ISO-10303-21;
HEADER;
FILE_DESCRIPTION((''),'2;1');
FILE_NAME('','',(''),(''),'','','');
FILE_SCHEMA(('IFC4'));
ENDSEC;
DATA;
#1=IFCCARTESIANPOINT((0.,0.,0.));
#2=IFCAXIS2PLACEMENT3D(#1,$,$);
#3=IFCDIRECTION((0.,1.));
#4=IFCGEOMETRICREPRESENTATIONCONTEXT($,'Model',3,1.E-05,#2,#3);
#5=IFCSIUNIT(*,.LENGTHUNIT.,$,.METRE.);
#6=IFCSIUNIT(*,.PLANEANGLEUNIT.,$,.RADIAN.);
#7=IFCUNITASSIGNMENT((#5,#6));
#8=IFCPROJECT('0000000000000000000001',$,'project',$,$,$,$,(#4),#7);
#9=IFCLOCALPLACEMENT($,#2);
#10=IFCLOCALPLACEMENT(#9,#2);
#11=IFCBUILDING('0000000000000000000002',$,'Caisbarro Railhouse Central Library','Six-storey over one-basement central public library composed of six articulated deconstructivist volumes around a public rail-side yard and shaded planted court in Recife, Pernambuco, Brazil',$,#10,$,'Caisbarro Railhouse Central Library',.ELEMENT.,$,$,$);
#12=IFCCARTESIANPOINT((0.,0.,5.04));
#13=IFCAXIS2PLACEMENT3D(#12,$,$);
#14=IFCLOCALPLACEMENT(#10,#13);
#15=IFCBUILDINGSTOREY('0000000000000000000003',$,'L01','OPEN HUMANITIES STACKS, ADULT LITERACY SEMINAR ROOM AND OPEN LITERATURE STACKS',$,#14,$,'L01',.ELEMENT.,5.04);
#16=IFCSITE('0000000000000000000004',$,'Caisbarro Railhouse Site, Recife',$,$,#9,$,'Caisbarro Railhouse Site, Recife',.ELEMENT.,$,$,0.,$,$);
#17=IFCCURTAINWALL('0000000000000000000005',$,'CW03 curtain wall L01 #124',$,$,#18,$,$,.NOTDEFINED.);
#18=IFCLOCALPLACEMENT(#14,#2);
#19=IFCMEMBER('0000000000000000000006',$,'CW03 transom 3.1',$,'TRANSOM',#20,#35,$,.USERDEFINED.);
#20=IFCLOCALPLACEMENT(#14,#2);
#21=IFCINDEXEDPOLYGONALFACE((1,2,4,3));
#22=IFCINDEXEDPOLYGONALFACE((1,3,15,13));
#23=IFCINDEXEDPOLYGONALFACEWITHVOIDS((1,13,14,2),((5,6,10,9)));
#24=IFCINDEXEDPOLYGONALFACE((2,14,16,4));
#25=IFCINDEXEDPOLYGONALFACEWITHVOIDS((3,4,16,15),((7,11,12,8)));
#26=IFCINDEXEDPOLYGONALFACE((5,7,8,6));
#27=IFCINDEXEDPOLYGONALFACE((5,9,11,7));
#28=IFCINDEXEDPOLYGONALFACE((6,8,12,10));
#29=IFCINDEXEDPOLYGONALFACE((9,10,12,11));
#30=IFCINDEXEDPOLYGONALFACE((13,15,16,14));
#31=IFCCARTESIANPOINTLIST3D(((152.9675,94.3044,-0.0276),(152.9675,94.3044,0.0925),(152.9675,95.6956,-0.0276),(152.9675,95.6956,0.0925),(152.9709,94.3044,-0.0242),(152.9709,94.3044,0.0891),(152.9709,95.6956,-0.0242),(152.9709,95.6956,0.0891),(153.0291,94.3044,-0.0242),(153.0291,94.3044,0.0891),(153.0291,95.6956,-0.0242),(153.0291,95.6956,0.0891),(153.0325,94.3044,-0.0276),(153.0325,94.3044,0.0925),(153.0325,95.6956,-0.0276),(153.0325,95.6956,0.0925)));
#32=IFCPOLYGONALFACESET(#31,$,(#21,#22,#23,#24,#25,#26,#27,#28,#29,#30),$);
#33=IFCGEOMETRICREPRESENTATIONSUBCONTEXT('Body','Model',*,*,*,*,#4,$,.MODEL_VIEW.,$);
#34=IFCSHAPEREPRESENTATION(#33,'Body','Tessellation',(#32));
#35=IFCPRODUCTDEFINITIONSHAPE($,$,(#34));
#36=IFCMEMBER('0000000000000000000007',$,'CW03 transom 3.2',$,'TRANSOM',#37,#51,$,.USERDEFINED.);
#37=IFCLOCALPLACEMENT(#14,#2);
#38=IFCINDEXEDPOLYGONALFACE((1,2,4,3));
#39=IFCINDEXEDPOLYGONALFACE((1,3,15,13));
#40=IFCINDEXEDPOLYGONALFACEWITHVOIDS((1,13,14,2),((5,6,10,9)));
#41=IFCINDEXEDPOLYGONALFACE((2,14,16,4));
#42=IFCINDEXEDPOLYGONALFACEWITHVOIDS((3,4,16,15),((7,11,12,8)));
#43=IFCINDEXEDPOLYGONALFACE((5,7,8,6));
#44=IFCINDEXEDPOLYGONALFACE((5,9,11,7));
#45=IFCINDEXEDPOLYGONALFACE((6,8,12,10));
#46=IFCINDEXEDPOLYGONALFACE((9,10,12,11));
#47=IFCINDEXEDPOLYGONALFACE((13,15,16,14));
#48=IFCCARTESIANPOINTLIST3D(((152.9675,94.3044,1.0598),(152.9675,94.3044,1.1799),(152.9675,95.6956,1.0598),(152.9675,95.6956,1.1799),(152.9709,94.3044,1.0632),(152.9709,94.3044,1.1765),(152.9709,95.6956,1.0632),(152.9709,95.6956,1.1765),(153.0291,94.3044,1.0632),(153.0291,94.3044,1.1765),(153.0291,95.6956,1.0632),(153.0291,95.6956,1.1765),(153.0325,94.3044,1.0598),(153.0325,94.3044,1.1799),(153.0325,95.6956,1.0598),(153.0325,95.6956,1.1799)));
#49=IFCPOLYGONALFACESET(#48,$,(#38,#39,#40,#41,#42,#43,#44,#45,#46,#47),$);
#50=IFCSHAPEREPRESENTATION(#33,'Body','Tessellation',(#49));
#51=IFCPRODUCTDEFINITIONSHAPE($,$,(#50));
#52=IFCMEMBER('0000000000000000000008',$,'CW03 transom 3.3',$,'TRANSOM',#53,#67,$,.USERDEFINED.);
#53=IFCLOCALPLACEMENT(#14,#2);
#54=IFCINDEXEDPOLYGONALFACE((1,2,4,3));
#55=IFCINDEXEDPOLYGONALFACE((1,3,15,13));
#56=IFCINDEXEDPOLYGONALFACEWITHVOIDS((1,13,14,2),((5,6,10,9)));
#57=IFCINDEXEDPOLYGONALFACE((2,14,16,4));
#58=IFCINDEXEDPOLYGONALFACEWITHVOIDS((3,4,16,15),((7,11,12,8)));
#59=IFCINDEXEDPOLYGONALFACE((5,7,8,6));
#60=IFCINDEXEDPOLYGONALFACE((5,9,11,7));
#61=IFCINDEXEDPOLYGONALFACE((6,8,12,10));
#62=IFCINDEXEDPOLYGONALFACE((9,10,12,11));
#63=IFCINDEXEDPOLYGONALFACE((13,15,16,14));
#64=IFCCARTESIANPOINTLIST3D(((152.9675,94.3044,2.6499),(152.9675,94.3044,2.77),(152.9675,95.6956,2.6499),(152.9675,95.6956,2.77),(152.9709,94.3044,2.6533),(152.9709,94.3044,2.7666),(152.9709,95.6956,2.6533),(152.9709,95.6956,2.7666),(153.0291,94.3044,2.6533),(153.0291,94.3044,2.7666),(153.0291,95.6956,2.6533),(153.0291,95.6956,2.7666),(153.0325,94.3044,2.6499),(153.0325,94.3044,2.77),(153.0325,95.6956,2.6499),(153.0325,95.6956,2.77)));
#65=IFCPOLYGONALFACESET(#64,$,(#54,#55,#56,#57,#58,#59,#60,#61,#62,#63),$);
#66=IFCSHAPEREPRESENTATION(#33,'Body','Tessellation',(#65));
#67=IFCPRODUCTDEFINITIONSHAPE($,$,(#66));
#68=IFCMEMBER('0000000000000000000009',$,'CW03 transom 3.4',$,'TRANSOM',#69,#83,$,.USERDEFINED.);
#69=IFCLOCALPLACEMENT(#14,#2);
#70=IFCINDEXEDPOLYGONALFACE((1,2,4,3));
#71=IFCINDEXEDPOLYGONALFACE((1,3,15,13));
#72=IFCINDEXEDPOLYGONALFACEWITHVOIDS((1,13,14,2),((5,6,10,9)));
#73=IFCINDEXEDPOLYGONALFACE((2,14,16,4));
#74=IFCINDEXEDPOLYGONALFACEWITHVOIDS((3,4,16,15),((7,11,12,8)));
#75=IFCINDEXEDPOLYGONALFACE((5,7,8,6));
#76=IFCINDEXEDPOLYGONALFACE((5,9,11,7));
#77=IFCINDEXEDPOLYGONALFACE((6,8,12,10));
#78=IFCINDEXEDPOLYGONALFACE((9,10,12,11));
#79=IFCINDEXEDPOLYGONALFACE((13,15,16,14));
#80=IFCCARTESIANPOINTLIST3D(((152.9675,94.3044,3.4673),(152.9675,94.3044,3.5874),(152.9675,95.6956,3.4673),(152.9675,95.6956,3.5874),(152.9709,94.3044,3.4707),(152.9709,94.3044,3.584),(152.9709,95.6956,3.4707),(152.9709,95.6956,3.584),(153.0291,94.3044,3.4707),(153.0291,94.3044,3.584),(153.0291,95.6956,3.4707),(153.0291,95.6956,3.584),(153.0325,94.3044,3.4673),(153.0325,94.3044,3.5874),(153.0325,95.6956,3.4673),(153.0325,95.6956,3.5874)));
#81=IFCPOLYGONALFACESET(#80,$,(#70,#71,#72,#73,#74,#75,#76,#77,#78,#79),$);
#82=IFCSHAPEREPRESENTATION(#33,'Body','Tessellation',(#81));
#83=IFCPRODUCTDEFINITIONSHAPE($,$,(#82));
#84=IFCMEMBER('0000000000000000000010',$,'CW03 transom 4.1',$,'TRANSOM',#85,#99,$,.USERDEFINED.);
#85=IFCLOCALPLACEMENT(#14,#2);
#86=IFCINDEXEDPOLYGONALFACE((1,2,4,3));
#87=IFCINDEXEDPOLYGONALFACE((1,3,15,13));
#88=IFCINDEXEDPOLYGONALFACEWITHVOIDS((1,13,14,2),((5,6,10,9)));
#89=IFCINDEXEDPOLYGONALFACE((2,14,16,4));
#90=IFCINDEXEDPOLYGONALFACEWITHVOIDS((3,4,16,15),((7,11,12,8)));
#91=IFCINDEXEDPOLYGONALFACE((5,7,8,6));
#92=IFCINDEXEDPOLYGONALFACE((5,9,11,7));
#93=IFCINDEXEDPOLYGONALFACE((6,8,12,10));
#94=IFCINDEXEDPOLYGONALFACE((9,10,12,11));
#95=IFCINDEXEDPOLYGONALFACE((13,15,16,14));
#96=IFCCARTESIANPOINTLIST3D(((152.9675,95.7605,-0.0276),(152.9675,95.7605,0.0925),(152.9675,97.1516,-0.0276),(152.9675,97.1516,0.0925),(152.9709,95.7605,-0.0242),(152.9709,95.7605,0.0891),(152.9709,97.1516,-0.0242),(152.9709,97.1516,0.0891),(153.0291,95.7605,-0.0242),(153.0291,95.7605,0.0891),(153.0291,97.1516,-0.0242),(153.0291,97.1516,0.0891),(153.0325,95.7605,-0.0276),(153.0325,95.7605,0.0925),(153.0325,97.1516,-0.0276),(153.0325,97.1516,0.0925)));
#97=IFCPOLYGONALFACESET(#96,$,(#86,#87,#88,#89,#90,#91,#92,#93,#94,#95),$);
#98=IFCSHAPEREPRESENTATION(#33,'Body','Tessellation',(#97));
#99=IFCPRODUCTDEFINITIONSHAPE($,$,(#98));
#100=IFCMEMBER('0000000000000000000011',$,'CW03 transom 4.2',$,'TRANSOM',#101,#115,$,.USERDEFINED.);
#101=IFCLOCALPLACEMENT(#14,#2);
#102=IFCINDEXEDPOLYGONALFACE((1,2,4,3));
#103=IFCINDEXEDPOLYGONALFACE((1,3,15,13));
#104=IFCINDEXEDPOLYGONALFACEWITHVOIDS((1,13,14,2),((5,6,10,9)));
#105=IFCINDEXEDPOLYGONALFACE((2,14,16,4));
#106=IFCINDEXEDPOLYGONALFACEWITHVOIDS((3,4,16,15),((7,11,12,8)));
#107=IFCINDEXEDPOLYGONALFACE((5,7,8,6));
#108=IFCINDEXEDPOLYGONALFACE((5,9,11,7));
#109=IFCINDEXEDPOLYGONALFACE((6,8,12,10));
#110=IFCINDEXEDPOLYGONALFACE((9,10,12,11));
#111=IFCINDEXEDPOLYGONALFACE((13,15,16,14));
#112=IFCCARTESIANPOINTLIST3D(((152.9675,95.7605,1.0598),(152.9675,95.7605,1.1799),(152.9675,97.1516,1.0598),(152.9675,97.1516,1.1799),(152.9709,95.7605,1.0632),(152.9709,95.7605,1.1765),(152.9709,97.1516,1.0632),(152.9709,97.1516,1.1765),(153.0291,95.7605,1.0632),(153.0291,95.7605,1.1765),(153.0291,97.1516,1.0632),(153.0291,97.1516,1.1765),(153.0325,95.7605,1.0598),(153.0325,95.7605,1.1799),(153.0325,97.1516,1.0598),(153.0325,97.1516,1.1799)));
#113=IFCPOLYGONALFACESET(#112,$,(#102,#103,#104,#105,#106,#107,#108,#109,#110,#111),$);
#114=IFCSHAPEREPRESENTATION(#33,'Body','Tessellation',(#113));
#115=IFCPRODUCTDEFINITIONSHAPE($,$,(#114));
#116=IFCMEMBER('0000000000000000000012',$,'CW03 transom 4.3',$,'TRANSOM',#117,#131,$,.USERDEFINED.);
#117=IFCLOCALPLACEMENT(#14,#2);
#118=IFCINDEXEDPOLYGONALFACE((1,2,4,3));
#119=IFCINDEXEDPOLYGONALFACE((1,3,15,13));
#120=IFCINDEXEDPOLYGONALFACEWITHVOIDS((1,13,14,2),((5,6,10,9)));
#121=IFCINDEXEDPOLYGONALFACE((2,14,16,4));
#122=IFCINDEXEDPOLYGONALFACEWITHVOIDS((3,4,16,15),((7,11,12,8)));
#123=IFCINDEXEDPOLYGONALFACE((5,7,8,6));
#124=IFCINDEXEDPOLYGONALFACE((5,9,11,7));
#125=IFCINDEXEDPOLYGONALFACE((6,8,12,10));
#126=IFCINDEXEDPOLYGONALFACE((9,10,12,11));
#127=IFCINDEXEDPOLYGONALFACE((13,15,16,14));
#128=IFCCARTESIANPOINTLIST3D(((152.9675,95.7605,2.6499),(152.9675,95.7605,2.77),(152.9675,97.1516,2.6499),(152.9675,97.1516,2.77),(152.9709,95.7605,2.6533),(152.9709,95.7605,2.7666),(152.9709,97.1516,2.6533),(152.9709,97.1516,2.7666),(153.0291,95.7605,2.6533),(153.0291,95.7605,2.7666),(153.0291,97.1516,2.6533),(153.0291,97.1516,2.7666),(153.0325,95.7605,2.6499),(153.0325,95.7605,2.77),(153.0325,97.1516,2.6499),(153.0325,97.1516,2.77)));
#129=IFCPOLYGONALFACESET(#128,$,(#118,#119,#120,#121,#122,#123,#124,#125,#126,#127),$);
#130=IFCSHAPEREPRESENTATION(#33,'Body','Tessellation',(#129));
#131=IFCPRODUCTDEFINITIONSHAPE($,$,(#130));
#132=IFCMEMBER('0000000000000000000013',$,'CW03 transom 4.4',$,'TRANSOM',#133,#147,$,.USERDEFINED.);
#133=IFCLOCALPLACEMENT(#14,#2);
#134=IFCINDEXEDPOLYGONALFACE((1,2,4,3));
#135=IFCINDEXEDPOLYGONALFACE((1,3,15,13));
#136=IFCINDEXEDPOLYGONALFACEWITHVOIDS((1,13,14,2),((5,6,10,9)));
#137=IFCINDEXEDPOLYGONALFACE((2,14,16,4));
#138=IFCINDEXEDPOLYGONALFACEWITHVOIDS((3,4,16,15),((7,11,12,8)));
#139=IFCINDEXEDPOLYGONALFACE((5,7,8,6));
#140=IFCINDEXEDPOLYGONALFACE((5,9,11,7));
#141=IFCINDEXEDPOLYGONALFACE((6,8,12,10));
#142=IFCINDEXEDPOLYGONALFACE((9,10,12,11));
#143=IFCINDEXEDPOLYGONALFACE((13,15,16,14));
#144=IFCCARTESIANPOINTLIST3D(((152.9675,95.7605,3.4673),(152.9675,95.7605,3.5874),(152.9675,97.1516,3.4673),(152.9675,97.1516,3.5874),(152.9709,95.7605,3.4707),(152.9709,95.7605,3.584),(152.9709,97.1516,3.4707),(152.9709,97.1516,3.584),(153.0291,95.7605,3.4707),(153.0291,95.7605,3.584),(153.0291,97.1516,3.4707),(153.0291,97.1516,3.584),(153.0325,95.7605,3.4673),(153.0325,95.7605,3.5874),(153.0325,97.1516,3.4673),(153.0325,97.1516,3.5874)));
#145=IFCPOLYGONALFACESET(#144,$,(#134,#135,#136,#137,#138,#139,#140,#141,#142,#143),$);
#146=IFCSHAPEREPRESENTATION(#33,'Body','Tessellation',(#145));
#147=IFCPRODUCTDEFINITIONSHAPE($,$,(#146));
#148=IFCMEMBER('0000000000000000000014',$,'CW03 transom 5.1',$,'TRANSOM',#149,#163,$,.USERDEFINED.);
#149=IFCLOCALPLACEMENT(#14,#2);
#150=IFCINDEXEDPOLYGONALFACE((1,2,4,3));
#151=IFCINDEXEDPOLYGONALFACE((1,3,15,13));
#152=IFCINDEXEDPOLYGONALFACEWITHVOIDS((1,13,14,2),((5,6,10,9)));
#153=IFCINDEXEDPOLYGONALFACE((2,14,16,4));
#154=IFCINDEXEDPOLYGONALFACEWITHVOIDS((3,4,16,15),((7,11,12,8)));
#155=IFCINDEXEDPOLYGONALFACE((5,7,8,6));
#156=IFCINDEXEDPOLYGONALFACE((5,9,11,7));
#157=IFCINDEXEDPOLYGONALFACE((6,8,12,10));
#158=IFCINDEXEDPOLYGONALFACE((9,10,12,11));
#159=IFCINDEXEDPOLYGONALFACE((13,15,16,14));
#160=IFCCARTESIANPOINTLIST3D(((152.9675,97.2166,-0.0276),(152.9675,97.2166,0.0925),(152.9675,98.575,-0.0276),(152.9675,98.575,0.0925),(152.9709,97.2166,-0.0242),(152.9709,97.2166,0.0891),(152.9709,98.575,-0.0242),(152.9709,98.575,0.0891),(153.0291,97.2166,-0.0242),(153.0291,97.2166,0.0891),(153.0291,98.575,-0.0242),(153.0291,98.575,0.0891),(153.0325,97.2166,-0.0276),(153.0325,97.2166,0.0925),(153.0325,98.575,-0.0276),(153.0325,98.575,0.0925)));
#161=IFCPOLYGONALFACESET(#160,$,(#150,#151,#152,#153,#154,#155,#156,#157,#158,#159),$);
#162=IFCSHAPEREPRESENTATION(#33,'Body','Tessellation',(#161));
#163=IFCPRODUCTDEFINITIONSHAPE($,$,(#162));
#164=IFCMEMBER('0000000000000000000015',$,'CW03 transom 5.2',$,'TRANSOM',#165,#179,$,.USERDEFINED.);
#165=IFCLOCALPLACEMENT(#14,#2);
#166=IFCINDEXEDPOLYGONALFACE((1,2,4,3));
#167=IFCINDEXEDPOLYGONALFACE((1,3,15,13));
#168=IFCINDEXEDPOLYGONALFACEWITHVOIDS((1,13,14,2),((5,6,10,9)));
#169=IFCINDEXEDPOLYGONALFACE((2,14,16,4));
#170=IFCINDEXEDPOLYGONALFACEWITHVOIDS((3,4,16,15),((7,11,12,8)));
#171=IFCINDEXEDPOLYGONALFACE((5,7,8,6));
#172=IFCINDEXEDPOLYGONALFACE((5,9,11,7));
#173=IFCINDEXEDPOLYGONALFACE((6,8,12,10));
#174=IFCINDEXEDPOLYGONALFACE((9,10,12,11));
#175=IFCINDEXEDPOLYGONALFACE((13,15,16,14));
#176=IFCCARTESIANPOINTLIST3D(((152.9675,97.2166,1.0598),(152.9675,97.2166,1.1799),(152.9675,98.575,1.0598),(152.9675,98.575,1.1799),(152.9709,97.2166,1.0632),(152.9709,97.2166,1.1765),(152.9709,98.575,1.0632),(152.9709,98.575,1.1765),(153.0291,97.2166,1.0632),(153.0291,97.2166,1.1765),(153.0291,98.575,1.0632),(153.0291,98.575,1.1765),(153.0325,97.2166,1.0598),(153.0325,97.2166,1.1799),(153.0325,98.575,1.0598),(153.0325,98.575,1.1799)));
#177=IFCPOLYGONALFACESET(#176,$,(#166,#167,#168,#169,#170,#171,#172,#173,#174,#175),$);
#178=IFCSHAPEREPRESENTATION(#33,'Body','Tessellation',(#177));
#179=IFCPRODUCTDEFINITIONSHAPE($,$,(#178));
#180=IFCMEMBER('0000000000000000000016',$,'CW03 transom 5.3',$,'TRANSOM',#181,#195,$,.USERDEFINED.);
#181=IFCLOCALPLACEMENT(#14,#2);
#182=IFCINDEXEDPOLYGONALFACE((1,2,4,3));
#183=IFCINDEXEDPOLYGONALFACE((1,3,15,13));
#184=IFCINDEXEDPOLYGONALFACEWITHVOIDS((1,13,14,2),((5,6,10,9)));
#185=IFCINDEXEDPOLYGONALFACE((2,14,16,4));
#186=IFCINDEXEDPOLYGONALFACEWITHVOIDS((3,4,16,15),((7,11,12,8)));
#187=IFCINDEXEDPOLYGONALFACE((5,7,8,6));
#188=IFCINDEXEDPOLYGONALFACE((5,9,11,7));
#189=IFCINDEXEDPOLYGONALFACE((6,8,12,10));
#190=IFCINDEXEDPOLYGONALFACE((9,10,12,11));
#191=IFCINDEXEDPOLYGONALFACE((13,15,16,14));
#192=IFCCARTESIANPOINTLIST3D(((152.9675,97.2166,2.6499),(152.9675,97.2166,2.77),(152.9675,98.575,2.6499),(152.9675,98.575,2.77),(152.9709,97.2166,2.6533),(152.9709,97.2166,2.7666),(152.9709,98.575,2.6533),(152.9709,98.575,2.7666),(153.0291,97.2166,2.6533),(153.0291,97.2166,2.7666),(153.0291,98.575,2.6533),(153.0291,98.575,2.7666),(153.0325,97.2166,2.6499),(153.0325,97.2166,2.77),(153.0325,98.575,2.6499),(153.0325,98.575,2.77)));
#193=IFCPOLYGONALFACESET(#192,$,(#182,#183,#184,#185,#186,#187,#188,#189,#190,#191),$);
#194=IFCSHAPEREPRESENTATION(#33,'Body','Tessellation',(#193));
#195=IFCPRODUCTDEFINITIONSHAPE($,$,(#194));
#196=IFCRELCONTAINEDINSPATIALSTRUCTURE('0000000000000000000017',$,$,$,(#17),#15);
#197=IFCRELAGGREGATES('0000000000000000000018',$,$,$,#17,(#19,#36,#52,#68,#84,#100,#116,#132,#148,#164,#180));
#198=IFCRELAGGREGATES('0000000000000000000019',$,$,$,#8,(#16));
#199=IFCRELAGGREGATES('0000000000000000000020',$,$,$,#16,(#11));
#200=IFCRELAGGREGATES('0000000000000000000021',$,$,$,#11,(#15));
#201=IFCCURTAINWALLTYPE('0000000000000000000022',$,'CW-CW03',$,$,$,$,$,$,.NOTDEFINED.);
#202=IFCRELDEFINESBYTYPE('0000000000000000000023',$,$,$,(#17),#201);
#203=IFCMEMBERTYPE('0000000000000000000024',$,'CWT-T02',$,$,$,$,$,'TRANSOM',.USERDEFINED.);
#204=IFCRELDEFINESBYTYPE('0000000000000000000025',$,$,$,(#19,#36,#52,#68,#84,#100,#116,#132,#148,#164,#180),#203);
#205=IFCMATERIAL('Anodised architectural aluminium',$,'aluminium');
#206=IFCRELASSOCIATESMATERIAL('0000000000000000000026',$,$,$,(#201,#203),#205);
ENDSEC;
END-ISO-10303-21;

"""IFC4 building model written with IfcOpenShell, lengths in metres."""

from ifc_helpers import new_model, si_unit, direction, frame, origin, origin_2d, place, context, subcontext, project, spatial, hollow_rectangle, extrude, material, material_profile, profile_set, type_object, element, aggregate, save


model = new_model("IFC4")

# Units and contexts
model_context = context("Model", 3, precision=1e-05, world=origin(), true_north=direction((0.0, 1.0)))
body_context = subcontext(model_context, "Body", "Model", "MODEL_VIEW")
ifc_project = project(units=[si_unit("LENGTHUNIT", "METRE"), si_unit("PLANEANGLEUNIT", "RADIAN")], contexts=[model_context])

# Site, building, storey
site_placement = place(None, origin())
site = spatial("IfcSite", under=ifc_project, at=site_placement, Name="Caisbarro Railhouse Site, Recife", LongName="Caisbarro Railhouse Site, Recife", CompositionType="ELEMENT", RefElevation=0.0)
building_placement = place(site_placement, origin())
building = spatial("IfcBuilding", under=site, at=building_placement, Name="Caisbarro Railhouse Central Library", Description="Six-storey over one-basement central public library composed of six articulated deconstructivist volumes around a public rail-side yard and shaded planted court in Recife, Pernambuco, Brazil", LongName="Caisbarro Railhouse Central Library", CompositionType="ELEMENT")
storey_placement = place(building_placement, frame((0.0, 0.0, 5.04)))
storey = spatial("IfcBuildingStorey", under=building, at=storey_placement, Name="L01", Description="OPEN HUMANITIES STACKS, ADULT LITERACY SEMINAR ROOM AND OPEN LITERATURE STACKS", LongName="L01", CompositionType="ELEMENT", Elevation=5.04)

# Curtain wall, members
ifc_material_1 = material(Name="Anodised architectural aluminium", Category="aluminium")
curtain_wall_type = type_object("IfcCurtainWallType", Name="CW-CW03", PredefinedType="NOTDEFINED", material=ifc_material_1)
curtain_wall_placement = place(storey_placement, origin())
curtain_wall = element("IfcCurtainWall", 1, at=curtain_wall_placement, inside=storey, type_object=curtain_wall_type, Name="CW03 curtain wall L01 #124", PredefinedType="NOTDEFINED")
ifc_material_profile_1 = material_profile(ifc_material_1, hollow_rectangle(XDim=0.0649, YDim=0.1201, WallThickness=0.0034, at=origin_2d()), Name="ALU-TRN-65X120")
ifc_profile_set_1 = profile_set([ifc_material_profile_1], Name="Anodised architectural aluminium")
member_type_1 = type_object("IfcMemberType", Name="CWT-T02", ElementType="TRANSOM", PredefinedType="USERDEFINED", material=ifc_profile_set_1)
member_1_placement = place(storey_placement, frame((153.0, 94.3044, 0.0325), z_axis=(0.0, 1.0, 0.0), x_axis=(-1.0, 0.0, 0.0)))
member_1 = element("IfcMember", 2, at=member_1_placement, type_object=member_type_1, Name="CW03 transom 3.1", ObjectType="TRANSOM", PredefinedType="USERDEFINED", context=body_context, shape_type="SweptSolid", body=[
    extrude(hollow_rectangle(XDim=0.0649, YDim=0.1201, WallThickness=0.0034, at=origin_2d()), origin(), (0.0, 0.0, 1.0), 1.3911),
])
member_2_placement = place(storey_placement, frame((153.0, 94.3044, 1.1199), z_axis=(0.0, 1.0, 0.0), x_axis=(-1.0, 0.0, 0.0)))
member_2 = element("IfcMember", 3, at=member_2_placement, type_object=member_type_1, Name="CW03 transom 3.2", ObjectType="TRANSOM", PredefinedType="USERDEFINED", context=body_context, shape_type="SweptSolid", body=[
    extrude(hollow_rectangle(XDim=0.0649, YDim=0.1201, WallThickness=0.0034, at=origin_2d()), origin(), (0.0, 0.0, 1.0), 1.3911),
])
member_3_placement = place(storey_placement, frame((153.0, 94.3044, 2.71), z_axis=(0.0, 1.0, 0.0), x_axis=(-1.0, 0.0, 0.0)))
member_3 = element("IfcMember", 4, at=member_3_placement, type_object=member_type_1, Name="CW03 transom 3.3", ObjectType="TRANSOM", PredefinedType="USERDEFINED", context=body_context, shape_type="SweptSolid", body=[
    extrude(hollow_rectangle(XDim=0.0649, YDim=0.1201, WallThickness=0.0034, at=origin_2d()), origin(), (0.0, 0.0, 1.0), 1.3911),
])
member_4_placement = place(storey_placement, frame((153.0, 94.3044, 3.5273), z_axis=(0.0, 1.0, 0.0), x_axis=(-1.0, 0.0, 0.0)))
member_4 = element("IfcMember", 5, at=member_4_placement, type_object=member_type_1, Name="CW03 transom 3.4", ObjectType="TRANSOM", PredefinedType="USERDEFINED", context=body_context, shape_type="SweptSolid", body=[
    extrude(hollow_rectangle(XDim=0.0649, YDim=0.1201, WallThickness=0.0034, at=origin_2d()), origin(), (0.0, 0.0, 1.0), 1.3911),
])
member_5_placement = place(storey_placement, frame((153.0, 95.7605, 0.0325), z_axis=(0.0, 1.0, 0.0), x_axis=(-1.0, 0.0, 0.0)))
member_5 = element("IfcMember", 6, at=member_5_placement, type_object=member_type_1, Name="CW03 transom 4.1", ObjectType="TRANSOM", PredefinedType="USERDEFINED", context=body_context, shape_type="SweptSolid", body=[
    extrude(hollow_rectangle(XDim=0.0649, YDim=0.1201, WallThickness=0.0034, at=origin_2d()), origin(), (0.0, 0.0, 1.0), 1.3911),
])
member_6_placement = place(storey_placement, frame((153.0, 95.7605, 1.1199), z_axis=(0.0, 1.0, 0.0), x_axis=(-1.0, 0.0, 0.0)))
member_6 = element("IfcMember", 7, at=member_6_placement, type_object=member_type_1, Name="CW03 transom 4.2", ObjectType="TRANSOM", PredefinedType="USERDEFINED", context=body_context, shape_type="SweptSolid", body=[
    extrude(hollow_rectangle(XDim=0.0649, YDim=0.1201, WallThickness=0.0034, at=origin_2d()), origin(), (0.0, 0.0, 1.0), 1.3911),
])
member_7_placement = place(storey_placement, frame((153.0, 95.7605, 2.71), z_axis=(0.0, 1.0, 0.0), x_axis=(-1.0, 0.0, 0.0)))
member_7 = element("IfcMember", 8, at=member_7_placement, type_object=member_type_1, Name="CW03 transom 4.3", ObjectType="TRANSOM", PredefinedType="USERDEFINED", context=body_context, shape_type="SweptSolid", body=[
    extrude(hollow_rectangle(XDim=0.0649, YDim=0.1201, WallThickness=0.0034, at=origin_2d()), origin(), (0.0, 0.0, 1.0), 1.3911),
])
member_8_placement = place(storey_placement, frame((153.0, 95.7605, 3.5273), z_axis=(0.0, 1.0, 0.0), x_axis=(-1.0, 0.0, 0.0)))
member_8 = element("IfcMember", 9, at=member_8_placement, type_object=member_type_1, Name="CW03 transom 4.4", ObjectType="TRANSOM", PredefinedType="USERDEFINED", context=body_context, shape_type="SweptSolid", body=[
    extrude(hollow_rectangle(XDim=0.0649, YDim=0.1201, WallThickness=0.0034, at=origin_2d()), origin(), (0.0, 0.0, 1.0), 1.3911),
])
member_9_placement = place(storey_placement, frame((153.0, 97.2166, 0.0325), z_axis=(0.0, 1.0, 0.0), x_axis=(-1.0, 0.0, 0.0)))
member_9 = element("IfcMember", 10, at=member_9_placement, type_object=member_type_1, Name="CW03 transom 5.1", ObjectType="TRANSOM", PredefinedType="USERDEFINED", context=body_context, shape_type="SweptSolid", body=[
    extrude(hollow_rectangle(XDim=0.0649, YDim=0.1201, WallThickness=0.0034, at=origin_2d()), origin(), (0.0, 0.0, 1.0), 1.3584),
])
member_10_placement = place(storey_placement, frame((153.0, 97.2166, 1.1199), z_axis=(0.0, 1.0, 0.0), x_axis=(-1.0, 0.0, 0.0)))
member_10 = element("IfcMember", 11, at=member_10_placement, type_object=member_type_1, Name="CW03 transom 5.2", ObjectType="TRANSOM", PredefinedType="USERDEFINED", context=body_context, shape_type="SweptSolid", body=[
    extrude(hollow_rectangle(XDim=0.0649, YDim=0.1201, WallThickness=0.0034, at=origin_2d()), origin(), (0.0, 0.0, 1.0), 1.3584),
])
member_11_placement = place(storey_placement, frame((153.0, 97.2166, 2.71), z_axis=(0.0, 1.0, 0.0), x_axis=(-1.0, 0.0, 0.0)))
member_11 = element("IfcMember", 12, at=member_11_placement, type_object=member_type_1, Name="CW03 transom 5.3", ObjectType="TRANSOM", PredefinedType="USERDEFINED", context=body_context, shape_type="SweptSolid", body=[
    extrude(hollow_rectangle(XDim=0.0649, YDim=0.1201, WallThickness=0.0034, at=origin_2d()), origin(), (0.0, 0.0, 1.0), 1.3584),
])
aggregate(curtain_wall, [member_1, member_2, member_3, member_4, member_5, member_6, member_7, member_8, member_9, member_10, member_11])

save(model, "model.ifc")
